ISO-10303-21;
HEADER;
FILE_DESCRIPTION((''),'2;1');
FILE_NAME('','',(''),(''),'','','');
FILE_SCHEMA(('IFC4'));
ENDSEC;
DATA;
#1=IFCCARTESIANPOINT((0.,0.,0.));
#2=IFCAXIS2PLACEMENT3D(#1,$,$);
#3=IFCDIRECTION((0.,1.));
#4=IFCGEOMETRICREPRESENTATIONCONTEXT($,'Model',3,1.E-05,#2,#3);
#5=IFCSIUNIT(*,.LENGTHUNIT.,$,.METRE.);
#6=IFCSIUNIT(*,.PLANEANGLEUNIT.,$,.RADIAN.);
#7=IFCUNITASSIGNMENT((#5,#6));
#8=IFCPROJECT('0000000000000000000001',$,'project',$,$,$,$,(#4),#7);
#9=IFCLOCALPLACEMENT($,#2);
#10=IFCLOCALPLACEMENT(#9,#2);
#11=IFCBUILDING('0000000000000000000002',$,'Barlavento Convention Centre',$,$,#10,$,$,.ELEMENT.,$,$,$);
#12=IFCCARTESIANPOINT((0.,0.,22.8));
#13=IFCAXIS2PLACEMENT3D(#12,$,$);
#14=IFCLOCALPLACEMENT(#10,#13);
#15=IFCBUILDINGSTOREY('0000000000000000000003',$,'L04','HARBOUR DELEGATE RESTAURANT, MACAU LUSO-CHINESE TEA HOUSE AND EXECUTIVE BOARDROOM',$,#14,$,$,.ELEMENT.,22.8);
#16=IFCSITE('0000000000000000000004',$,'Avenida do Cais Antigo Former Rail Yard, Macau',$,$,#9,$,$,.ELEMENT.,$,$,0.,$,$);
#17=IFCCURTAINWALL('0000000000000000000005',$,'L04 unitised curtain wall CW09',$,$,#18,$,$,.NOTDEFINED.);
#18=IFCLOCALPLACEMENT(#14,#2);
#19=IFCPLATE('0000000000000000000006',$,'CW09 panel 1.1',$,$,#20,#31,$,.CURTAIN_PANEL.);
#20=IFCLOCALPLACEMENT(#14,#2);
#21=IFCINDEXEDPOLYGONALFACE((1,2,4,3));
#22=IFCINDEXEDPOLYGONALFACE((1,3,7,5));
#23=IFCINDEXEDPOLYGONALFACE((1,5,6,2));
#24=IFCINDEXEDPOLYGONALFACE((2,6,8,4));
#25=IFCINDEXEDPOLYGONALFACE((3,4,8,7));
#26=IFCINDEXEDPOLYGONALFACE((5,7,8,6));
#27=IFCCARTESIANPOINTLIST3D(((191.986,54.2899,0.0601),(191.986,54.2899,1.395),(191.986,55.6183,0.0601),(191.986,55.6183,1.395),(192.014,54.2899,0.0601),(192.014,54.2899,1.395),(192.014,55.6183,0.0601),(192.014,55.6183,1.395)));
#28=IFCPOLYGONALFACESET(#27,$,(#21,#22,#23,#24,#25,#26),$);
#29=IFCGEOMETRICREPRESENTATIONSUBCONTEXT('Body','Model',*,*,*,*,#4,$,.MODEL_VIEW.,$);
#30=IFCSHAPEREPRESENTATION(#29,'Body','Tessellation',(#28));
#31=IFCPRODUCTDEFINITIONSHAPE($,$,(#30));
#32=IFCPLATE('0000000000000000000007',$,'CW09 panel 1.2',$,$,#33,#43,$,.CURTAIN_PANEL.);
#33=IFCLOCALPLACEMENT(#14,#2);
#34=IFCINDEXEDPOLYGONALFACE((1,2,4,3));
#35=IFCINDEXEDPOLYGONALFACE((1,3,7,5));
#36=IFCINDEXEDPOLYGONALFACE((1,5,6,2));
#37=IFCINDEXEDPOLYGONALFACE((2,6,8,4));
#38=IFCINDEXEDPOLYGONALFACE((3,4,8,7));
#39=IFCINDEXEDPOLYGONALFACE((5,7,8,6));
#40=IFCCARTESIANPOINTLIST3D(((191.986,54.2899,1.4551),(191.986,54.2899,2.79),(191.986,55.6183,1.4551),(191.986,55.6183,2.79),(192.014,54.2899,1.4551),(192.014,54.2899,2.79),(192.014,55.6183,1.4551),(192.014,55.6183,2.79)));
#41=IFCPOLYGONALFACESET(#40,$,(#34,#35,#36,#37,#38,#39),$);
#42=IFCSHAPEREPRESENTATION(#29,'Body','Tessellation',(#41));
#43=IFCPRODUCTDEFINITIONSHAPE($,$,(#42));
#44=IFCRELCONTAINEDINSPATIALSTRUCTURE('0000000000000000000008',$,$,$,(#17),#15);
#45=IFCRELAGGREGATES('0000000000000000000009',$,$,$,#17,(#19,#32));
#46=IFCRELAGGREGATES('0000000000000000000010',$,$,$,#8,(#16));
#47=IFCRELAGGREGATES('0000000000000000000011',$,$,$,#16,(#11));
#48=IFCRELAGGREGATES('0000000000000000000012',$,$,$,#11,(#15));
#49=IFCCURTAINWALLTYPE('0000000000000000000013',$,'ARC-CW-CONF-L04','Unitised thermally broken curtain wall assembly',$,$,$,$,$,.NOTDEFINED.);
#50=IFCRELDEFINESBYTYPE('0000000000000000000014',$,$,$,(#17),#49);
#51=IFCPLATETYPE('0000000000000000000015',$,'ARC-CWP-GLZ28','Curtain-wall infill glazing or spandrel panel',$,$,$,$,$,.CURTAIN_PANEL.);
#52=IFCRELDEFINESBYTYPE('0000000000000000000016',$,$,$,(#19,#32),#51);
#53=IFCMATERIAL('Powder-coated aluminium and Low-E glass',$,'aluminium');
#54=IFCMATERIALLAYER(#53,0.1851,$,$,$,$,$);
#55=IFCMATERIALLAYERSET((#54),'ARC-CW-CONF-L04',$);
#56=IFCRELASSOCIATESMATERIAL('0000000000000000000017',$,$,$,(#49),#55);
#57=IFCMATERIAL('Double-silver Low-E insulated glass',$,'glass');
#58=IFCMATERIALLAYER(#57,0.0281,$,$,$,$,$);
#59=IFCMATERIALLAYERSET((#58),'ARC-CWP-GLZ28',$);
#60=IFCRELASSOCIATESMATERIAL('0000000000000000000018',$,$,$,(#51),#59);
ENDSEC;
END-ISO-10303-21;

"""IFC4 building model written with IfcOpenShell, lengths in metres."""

from ifc_helpers import new_model, si_unit, direction, frame, origin, origin_2d, place, context, subcontext, project, spatial, rectangle, extrude, material, layer, layer_set, type_object, element, aggregate, save


model = new_model("IFC4")

# Units and contexts
model_context = context("Model", 3, precision=1e-05, world=origin(), true_north=direction((0.0, 1.0)))
body_context = subcontext(model_context, "Body", "Model", "MODEL_VIEW")
ifc_project = project(units=[si_unit("LENGTHUNIT", "METRE"), si_unit("PLANEANGLEUNIT", "RADIAN")], contexts=[model_context])

# Site, building, storey
site_placement = place(None, origin())
site = spatial("IfcSite", under=ifc_project, at=site_placement, Name="Avenida do Cais Antigo Former Rail Yard, Macau", CompositionType="ELEMENT", RefElevation=0.0)
building_placement = place(site_placement, origin())
building = spatial("IfcBuilding", under=site, at=building_placement, Name="Barlavento Convention Centre", CompositionType="ELEMENT")
storey_placement = place(building_placement, frame((0.0, 0.0, 22.8)))
storey = spatial("IfcBuildingStorey", under=building, at=storey_placement, Name="L04", Description="HARBOUR DELEGATE RESTAURANT, MACAU LUSO-CHINESE TEA HOUSE AND EXECUTIVE BOARDROOM", CompositionType="ELEMENT", Elevation=22.8)

# Curtain wall
ifc_material_1 = material(Name="Powder-coated aluminium and Low-E glass", Category="aluminium")
ifc_layer_1 = layer(ifc_material_1, 0.1851)
ifc_layer_set_1 = layer_set([ifc_layer_1], Name="ARC-CW-CONF-L04")
curtain_wall_type = type_object("IfcCurtainWallType", Name="ARC-CW-CONF-L04", Description="Unitised thermally broken curtain wall assembly", PredefinedType="NOTDEFINED", material=ifc_layer_set_1)
curtain_wall_1_placement = place(storey_placement, origin())
curtain_wall_1 = element("IfcCurtainWall", 1, at=curtain_wall_1_placement, inside=storey, type_object=curtain_wall_type, Name="L04 unitised curtain wall CW09", PredefinedType="NOTDEFINED")

# Plates
ifc_material_2 = material(Name="Double-silver Low-E insulated glass", Category="glass")
ifc_layer_2 = layer(ifc_material_2, 0.0281)
ifc_layer_set_2 = layer_set([ifc_layer_2], Name="ARC-CWP-GLZ28")
plate_type = type_object("IfcPlateType", Name="ARC-CWP-GLZ28", Description="Curtain-wall infill glazing or spandrel panel", PredefinedType="CURTAIN_PANEL", material=ifc_layer_set_2)
plate_1_placement = place(storey_placement, frame((192.0, 54.9541, 0.0601), z_axis=(0.0, 0.0, 1.0), x_axis=(0.0, 1.0, 0.0)))
plate_1 = element("IfcPlate", 2, at=plate_1_placement, type_object=plate_type, Name="CW09 panel 1.1", PredefinedType="CURTAIN_PANEL", context=body_context, shape_type="SweptSolid", body=[
    extrude(rectangle(XDim=1.3284, YDim=0.0281, at=origin_2d()), origin(), (0.0, 0.0, 1.0), 1.335),
])
plate_2_placement = place(storey_placement, frame((192.0, 54.9541, 1.4551), z_axis=(0.0, 0.0, 1.0), x_axis=(0.0, 1.0, 0.0)))
plate_2 = element("IfcPlate", 3, at=plate_2_placement, type_object=plate_type, Name="CW09 panel 1.2", PredefinedType="CURTAIN_PANEL", context=body_context, shape_type="SweptSolid", body=[
    extrude(rectangle(XDim=1.3284, YDim=0.0281, at=origin_2d()), origin(), (0.0, 0.0, 1.0), 1.335),
])
aggregate(curtain_wall_1, [plate_1, plate_2])

save(model, "model.ifc")
